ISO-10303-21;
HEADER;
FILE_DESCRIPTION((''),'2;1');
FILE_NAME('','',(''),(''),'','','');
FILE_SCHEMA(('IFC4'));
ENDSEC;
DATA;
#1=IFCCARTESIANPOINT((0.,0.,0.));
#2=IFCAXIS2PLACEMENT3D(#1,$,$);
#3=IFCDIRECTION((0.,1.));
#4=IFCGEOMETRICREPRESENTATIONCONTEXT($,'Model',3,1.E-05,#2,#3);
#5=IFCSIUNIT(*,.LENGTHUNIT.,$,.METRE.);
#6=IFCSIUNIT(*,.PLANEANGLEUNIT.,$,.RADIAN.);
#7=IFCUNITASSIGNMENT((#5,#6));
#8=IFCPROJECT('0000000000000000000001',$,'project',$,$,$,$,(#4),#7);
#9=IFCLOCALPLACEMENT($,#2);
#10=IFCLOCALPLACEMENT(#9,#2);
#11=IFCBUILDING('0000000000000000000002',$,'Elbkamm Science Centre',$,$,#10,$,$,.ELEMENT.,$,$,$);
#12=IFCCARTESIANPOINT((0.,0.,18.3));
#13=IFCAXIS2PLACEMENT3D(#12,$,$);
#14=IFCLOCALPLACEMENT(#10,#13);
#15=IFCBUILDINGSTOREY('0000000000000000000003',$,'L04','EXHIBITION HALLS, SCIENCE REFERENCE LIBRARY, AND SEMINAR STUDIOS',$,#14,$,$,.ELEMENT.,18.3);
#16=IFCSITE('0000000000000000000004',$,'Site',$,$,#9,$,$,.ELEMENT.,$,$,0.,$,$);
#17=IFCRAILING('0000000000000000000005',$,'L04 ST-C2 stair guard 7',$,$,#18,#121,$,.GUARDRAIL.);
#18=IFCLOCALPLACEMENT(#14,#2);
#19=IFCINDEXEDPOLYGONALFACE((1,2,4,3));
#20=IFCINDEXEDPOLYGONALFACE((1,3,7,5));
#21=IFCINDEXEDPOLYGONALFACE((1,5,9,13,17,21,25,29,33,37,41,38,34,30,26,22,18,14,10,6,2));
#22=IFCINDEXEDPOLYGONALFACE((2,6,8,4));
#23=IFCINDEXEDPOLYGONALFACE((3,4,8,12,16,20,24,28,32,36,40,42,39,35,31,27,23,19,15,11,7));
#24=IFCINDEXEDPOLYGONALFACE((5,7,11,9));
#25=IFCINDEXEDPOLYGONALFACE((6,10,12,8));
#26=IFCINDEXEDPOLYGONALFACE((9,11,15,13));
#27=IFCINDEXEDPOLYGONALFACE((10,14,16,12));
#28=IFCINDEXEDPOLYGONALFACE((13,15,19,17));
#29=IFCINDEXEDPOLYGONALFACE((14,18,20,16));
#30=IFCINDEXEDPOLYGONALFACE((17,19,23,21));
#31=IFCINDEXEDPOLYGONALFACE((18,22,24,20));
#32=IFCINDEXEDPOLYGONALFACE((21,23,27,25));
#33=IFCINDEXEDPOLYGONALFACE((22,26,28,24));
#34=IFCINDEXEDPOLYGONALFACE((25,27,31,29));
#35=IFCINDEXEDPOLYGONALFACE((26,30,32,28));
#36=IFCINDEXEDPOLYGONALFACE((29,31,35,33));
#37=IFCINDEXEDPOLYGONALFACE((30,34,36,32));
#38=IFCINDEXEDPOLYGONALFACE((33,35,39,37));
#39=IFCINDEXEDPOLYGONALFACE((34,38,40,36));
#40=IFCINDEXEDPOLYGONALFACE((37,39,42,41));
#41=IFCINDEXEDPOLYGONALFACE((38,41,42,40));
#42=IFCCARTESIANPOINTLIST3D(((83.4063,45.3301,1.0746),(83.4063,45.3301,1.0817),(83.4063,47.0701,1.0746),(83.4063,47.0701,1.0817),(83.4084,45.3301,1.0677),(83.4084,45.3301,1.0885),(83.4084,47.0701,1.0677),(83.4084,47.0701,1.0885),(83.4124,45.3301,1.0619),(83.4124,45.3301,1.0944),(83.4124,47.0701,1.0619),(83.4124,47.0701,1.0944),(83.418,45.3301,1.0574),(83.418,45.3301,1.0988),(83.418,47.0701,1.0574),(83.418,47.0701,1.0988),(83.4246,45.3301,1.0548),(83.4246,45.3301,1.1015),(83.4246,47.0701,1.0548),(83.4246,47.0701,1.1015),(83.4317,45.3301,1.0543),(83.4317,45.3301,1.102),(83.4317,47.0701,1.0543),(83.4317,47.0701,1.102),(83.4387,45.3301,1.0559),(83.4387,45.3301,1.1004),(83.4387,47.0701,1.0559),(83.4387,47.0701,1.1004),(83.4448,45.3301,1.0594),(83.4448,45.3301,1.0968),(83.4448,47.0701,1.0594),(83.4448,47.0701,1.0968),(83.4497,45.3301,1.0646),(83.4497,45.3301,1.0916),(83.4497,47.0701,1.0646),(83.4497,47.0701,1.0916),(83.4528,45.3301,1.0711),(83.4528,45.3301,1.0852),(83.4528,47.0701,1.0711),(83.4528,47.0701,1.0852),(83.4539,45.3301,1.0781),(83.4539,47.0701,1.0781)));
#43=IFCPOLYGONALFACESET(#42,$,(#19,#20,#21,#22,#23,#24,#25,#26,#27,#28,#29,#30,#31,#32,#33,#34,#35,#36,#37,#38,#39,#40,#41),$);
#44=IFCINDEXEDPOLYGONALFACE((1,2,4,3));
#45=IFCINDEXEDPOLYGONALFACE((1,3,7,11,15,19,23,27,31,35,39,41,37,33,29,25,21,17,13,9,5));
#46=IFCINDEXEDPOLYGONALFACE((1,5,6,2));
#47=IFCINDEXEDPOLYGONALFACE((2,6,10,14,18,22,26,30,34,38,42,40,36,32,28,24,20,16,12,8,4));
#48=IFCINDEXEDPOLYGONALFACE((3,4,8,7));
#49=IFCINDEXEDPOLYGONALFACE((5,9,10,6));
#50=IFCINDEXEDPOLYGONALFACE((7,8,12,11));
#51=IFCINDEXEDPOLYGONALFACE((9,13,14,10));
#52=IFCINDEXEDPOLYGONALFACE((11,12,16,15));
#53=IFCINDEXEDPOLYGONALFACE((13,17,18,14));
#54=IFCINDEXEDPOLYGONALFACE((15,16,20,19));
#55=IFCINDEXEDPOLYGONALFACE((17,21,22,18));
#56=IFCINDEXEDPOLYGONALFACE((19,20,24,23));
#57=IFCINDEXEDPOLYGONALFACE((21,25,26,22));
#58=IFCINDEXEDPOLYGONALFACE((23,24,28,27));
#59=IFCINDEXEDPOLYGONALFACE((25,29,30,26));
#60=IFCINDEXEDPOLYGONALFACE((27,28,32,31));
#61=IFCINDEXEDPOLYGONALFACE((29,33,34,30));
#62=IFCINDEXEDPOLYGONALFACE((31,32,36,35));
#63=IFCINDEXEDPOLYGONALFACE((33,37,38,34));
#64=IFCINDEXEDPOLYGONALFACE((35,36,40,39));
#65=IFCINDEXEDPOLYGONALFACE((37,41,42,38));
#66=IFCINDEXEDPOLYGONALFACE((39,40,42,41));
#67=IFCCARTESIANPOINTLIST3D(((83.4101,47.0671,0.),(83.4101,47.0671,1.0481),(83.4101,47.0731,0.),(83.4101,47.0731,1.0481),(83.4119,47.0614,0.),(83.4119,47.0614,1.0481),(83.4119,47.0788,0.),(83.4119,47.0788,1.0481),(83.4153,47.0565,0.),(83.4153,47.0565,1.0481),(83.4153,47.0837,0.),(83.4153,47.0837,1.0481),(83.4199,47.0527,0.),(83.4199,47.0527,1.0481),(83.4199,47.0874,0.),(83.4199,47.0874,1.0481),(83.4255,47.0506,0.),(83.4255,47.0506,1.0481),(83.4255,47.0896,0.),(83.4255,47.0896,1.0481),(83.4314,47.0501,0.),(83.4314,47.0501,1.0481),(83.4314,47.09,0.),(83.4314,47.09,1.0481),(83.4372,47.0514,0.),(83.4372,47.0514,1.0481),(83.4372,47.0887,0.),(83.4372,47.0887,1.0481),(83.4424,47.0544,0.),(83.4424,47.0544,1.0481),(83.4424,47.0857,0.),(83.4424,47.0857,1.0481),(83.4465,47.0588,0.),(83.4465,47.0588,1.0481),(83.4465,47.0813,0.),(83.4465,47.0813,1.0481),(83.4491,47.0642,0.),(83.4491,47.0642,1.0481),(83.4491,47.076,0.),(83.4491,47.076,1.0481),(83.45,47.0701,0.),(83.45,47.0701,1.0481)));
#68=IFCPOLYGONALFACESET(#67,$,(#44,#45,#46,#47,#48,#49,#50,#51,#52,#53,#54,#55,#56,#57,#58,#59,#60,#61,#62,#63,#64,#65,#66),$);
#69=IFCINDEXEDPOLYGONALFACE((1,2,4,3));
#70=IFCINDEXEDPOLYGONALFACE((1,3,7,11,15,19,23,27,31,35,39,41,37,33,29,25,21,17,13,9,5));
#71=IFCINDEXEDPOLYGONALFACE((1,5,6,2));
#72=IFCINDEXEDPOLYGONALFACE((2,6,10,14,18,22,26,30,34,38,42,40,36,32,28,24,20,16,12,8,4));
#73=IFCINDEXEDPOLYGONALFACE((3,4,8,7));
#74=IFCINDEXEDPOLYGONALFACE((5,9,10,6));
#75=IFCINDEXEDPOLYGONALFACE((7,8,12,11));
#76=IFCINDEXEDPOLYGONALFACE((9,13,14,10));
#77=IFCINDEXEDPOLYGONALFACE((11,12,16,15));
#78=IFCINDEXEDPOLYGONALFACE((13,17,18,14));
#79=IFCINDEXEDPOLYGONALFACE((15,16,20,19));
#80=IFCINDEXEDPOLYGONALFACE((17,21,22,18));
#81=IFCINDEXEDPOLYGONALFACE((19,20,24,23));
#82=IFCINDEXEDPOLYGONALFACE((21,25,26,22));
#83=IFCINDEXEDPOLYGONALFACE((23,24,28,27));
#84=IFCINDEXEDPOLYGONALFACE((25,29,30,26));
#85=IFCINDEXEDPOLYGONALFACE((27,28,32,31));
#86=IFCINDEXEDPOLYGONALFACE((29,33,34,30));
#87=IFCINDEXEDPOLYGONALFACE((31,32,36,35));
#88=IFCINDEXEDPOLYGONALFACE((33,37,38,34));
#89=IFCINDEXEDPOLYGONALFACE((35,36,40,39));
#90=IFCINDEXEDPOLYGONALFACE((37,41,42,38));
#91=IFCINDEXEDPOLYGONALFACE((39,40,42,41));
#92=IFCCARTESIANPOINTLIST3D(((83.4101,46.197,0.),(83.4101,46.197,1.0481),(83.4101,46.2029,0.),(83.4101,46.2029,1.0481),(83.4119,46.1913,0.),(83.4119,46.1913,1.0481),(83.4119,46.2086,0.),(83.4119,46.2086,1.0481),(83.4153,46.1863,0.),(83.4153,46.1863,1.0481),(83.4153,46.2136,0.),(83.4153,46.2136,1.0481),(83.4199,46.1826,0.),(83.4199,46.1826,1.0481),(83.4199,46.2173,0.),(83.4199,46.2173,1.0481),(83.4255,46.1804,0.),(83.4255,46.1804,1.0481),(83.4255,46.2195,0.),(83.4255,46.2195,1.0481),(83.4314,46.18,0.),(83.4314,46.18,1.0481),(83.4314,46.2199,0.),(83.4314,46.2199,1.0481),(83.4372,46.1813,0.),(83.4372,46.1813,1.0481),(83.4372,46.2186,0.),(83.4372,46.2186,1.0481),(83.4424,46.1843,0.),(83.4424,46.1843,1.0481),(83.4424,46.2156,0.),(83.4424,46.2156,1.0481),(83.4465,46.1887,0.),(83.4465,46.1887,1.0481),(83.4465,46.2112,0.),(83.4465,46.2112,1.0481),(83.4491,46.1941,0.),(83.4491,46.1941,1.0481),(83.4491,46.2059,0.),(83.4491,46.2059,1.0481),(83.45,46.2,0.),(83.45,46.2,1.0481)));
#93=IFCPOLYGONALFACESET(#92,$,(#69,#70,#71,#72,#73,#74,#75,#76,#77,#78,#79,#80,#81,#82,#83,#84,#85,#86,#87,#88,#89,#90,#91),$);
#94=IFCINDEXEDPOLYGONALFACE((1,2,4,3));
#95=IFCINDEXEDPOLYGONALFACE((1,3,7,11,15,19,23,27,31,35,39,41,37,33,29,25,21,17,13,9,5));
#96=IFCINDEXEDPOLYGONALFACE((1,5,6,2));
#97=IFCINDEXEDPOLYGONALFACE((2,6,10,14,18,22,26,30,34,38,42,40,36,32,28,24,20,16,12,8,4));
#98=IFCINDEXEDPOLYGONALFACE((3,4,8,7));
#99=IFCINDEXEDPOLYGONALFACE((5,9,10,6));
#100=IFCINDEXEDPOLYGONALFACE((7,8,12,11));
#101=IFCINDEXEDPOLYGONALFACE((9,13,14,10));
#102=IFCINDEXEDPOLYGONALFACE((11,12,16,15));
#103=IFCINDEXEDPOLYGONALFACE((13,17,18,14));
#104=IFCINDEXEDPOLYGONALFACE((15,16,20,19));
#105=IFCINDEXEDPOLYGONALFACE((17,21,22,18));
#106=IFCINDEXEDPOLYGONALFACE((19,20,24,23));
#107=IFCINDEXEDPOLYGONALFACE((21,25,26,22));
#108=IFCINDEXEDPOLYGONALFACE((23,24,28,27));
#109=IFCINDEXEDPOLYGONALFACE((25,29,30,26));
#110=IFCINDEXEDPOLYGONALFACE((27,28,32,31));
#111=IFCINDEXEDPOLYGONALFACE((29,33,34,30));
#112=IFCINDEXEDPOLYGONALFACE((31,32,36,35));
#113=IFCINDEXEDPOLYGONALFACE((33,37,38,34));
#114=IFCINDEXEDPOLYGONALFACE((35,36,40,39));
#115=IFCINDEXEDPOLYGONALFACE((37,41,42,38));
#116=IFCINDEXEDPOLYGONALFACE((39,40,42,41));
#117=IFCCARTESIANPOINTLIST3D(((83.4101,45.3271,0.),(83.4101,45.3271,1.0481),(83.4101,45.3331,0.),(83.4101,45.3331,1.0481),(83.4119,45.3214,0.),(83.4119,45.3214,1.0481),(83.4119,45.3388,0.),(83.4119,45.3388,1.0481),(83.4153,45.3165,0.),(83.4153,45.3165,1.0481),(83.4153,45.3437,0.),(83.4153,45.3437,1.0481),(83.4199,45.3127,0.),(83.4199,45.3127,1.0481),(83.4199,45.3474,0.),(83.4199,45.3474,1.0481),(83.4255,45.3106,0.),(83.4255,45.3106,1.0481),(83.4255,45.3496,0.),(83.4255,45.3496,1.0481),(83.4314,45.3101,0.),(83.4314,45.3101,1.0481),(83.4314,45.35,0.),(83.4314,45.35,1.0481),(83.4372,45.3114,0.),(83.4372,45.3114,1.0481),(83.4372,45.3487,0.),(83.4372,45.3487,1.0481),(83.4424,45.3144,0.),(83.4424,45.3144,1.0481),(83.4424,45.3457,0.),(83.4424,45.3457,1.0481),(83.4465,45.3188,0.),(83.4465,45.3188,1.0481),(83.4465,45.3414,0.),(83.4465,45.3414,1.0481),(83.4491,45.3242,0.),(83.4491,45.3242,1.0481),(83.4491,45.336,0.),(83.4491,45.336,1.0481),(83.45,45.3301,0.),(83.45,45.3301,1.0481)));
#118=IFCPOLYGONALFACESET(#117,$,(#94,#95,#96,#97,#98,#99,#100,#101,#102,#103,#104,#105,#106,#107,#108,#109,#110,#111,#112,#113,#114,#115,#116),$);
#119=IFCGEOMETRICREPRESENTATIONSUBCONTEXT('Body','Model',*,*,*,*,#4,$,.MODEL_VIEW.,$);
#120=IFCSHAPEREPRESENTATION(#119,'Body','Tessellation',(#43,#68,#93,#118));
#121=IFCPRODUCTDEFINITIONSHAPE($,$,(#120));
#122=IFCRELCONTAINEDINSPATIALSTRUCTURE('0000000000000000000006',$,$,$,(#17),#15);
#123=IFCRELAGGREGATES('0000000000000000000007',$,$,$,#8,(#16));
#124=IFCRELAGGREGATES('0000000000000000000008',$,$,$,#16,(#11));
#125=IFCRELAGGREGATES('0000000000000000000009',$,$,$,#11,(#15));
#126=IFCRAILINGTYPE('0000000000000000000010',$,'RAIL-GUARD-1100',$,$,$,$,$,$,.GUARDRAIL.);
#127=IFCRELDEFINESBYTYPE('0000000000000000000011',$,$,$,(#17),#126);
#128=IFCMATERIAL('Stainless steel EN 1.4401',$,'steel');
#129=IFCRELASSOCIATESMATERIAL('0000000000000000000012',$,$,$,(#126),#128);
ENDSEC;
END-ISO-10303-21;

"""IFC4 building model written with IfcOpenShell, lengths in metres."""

from ifc_helpers import new_model, si_unit, direction, frame, origin, origin_2d, place, context, subcontext, project, spatial, circle, extrude, material, type_object, element, save


model = new_model("IFC4")

# Units and contexts
model_context = context("Model", 3, precision=1e-05, world=origin(), true_north=direction((0.0, 1.0)))
body_context = subcontext(model_context, "Body", "Model", "MODEL_VIEW")
ifc_project = project(units=[si_unit("LENGTHUNIT", "METRE"), si_unit("PLANEANGLEUNIT", "RADIAN")], contexts=[model_context])

# Site, building, storey
site_placement = place(None, origin())
site = spatial("IfcSite", under=ifc_project, at=site_placement, Name="Site", CompositionType="ELEMENT", RefElevation=0.0)
building_placement = place(site_placement, origin())
building = spatial("IfcBuilding", under=site, at=building_placement, Name="Elbkamm Science Centre", CompositionType="ELEMENT")
storey_placement = place(building_placement, frame((0.0, 0.0, 18.3)))
storey = spatial("IfcBuildingStorey", under=building, at=storey_placement, Name="L04", Description="EXHIBITION HALLS, SCIENCE REFERENCE LIBRARY, AND SEMINAR STUDIOS", CompositionType="ELEMENT", Elevation=18.3)

# Railing
ifc_material_1 = material(Name="Stainless steel EN 1.4401", Category="steel")
railing_type_1 = type_object("IfcRailingType", Name="RAIL-GUARD-1100", PredefinedType="GUARDRAIL", material=ifc_material_1)
railing_1_placement = place(storey_placement, frame((83.4299, 47.0701, 0.0)))
element("IfcRailing", 1, at=railing_1_placement, inside=storey, type_object=railing_type_1, Name="L04 ST-C2 stair guard 7", PredefinedType="GUARDRAIL", context=body_context, shape_type="SweptSolid", body=[
    extrude(circle(Radius=0.0239, at=origin_2d()), frame((0.0, 0.0, 1.0781), z_axis=(0.0, -1.0, 0.0), x_axis=(1.0, 0.0, 0.0)), (0.0, 0.0, 1.0), 1.74),
    extrude(circle(Radius=0.02, at=origin_2d()), origin(), (0.0, 0.0, 1.0), 1.0481),
    extrude(circle(Radius=0.02, at=origin_2d()), frame((0.0, -0.8701, 0.0)), (0.0, 0.0, 1.0), 1.0481),
    extrude(circle(Radius=0.02, at=origin_2d()), frame((0.0, -1.74, 0.0)), (0.0, 0.0, 1.0), 1.0481),
])

save(model, "model.ifc")
